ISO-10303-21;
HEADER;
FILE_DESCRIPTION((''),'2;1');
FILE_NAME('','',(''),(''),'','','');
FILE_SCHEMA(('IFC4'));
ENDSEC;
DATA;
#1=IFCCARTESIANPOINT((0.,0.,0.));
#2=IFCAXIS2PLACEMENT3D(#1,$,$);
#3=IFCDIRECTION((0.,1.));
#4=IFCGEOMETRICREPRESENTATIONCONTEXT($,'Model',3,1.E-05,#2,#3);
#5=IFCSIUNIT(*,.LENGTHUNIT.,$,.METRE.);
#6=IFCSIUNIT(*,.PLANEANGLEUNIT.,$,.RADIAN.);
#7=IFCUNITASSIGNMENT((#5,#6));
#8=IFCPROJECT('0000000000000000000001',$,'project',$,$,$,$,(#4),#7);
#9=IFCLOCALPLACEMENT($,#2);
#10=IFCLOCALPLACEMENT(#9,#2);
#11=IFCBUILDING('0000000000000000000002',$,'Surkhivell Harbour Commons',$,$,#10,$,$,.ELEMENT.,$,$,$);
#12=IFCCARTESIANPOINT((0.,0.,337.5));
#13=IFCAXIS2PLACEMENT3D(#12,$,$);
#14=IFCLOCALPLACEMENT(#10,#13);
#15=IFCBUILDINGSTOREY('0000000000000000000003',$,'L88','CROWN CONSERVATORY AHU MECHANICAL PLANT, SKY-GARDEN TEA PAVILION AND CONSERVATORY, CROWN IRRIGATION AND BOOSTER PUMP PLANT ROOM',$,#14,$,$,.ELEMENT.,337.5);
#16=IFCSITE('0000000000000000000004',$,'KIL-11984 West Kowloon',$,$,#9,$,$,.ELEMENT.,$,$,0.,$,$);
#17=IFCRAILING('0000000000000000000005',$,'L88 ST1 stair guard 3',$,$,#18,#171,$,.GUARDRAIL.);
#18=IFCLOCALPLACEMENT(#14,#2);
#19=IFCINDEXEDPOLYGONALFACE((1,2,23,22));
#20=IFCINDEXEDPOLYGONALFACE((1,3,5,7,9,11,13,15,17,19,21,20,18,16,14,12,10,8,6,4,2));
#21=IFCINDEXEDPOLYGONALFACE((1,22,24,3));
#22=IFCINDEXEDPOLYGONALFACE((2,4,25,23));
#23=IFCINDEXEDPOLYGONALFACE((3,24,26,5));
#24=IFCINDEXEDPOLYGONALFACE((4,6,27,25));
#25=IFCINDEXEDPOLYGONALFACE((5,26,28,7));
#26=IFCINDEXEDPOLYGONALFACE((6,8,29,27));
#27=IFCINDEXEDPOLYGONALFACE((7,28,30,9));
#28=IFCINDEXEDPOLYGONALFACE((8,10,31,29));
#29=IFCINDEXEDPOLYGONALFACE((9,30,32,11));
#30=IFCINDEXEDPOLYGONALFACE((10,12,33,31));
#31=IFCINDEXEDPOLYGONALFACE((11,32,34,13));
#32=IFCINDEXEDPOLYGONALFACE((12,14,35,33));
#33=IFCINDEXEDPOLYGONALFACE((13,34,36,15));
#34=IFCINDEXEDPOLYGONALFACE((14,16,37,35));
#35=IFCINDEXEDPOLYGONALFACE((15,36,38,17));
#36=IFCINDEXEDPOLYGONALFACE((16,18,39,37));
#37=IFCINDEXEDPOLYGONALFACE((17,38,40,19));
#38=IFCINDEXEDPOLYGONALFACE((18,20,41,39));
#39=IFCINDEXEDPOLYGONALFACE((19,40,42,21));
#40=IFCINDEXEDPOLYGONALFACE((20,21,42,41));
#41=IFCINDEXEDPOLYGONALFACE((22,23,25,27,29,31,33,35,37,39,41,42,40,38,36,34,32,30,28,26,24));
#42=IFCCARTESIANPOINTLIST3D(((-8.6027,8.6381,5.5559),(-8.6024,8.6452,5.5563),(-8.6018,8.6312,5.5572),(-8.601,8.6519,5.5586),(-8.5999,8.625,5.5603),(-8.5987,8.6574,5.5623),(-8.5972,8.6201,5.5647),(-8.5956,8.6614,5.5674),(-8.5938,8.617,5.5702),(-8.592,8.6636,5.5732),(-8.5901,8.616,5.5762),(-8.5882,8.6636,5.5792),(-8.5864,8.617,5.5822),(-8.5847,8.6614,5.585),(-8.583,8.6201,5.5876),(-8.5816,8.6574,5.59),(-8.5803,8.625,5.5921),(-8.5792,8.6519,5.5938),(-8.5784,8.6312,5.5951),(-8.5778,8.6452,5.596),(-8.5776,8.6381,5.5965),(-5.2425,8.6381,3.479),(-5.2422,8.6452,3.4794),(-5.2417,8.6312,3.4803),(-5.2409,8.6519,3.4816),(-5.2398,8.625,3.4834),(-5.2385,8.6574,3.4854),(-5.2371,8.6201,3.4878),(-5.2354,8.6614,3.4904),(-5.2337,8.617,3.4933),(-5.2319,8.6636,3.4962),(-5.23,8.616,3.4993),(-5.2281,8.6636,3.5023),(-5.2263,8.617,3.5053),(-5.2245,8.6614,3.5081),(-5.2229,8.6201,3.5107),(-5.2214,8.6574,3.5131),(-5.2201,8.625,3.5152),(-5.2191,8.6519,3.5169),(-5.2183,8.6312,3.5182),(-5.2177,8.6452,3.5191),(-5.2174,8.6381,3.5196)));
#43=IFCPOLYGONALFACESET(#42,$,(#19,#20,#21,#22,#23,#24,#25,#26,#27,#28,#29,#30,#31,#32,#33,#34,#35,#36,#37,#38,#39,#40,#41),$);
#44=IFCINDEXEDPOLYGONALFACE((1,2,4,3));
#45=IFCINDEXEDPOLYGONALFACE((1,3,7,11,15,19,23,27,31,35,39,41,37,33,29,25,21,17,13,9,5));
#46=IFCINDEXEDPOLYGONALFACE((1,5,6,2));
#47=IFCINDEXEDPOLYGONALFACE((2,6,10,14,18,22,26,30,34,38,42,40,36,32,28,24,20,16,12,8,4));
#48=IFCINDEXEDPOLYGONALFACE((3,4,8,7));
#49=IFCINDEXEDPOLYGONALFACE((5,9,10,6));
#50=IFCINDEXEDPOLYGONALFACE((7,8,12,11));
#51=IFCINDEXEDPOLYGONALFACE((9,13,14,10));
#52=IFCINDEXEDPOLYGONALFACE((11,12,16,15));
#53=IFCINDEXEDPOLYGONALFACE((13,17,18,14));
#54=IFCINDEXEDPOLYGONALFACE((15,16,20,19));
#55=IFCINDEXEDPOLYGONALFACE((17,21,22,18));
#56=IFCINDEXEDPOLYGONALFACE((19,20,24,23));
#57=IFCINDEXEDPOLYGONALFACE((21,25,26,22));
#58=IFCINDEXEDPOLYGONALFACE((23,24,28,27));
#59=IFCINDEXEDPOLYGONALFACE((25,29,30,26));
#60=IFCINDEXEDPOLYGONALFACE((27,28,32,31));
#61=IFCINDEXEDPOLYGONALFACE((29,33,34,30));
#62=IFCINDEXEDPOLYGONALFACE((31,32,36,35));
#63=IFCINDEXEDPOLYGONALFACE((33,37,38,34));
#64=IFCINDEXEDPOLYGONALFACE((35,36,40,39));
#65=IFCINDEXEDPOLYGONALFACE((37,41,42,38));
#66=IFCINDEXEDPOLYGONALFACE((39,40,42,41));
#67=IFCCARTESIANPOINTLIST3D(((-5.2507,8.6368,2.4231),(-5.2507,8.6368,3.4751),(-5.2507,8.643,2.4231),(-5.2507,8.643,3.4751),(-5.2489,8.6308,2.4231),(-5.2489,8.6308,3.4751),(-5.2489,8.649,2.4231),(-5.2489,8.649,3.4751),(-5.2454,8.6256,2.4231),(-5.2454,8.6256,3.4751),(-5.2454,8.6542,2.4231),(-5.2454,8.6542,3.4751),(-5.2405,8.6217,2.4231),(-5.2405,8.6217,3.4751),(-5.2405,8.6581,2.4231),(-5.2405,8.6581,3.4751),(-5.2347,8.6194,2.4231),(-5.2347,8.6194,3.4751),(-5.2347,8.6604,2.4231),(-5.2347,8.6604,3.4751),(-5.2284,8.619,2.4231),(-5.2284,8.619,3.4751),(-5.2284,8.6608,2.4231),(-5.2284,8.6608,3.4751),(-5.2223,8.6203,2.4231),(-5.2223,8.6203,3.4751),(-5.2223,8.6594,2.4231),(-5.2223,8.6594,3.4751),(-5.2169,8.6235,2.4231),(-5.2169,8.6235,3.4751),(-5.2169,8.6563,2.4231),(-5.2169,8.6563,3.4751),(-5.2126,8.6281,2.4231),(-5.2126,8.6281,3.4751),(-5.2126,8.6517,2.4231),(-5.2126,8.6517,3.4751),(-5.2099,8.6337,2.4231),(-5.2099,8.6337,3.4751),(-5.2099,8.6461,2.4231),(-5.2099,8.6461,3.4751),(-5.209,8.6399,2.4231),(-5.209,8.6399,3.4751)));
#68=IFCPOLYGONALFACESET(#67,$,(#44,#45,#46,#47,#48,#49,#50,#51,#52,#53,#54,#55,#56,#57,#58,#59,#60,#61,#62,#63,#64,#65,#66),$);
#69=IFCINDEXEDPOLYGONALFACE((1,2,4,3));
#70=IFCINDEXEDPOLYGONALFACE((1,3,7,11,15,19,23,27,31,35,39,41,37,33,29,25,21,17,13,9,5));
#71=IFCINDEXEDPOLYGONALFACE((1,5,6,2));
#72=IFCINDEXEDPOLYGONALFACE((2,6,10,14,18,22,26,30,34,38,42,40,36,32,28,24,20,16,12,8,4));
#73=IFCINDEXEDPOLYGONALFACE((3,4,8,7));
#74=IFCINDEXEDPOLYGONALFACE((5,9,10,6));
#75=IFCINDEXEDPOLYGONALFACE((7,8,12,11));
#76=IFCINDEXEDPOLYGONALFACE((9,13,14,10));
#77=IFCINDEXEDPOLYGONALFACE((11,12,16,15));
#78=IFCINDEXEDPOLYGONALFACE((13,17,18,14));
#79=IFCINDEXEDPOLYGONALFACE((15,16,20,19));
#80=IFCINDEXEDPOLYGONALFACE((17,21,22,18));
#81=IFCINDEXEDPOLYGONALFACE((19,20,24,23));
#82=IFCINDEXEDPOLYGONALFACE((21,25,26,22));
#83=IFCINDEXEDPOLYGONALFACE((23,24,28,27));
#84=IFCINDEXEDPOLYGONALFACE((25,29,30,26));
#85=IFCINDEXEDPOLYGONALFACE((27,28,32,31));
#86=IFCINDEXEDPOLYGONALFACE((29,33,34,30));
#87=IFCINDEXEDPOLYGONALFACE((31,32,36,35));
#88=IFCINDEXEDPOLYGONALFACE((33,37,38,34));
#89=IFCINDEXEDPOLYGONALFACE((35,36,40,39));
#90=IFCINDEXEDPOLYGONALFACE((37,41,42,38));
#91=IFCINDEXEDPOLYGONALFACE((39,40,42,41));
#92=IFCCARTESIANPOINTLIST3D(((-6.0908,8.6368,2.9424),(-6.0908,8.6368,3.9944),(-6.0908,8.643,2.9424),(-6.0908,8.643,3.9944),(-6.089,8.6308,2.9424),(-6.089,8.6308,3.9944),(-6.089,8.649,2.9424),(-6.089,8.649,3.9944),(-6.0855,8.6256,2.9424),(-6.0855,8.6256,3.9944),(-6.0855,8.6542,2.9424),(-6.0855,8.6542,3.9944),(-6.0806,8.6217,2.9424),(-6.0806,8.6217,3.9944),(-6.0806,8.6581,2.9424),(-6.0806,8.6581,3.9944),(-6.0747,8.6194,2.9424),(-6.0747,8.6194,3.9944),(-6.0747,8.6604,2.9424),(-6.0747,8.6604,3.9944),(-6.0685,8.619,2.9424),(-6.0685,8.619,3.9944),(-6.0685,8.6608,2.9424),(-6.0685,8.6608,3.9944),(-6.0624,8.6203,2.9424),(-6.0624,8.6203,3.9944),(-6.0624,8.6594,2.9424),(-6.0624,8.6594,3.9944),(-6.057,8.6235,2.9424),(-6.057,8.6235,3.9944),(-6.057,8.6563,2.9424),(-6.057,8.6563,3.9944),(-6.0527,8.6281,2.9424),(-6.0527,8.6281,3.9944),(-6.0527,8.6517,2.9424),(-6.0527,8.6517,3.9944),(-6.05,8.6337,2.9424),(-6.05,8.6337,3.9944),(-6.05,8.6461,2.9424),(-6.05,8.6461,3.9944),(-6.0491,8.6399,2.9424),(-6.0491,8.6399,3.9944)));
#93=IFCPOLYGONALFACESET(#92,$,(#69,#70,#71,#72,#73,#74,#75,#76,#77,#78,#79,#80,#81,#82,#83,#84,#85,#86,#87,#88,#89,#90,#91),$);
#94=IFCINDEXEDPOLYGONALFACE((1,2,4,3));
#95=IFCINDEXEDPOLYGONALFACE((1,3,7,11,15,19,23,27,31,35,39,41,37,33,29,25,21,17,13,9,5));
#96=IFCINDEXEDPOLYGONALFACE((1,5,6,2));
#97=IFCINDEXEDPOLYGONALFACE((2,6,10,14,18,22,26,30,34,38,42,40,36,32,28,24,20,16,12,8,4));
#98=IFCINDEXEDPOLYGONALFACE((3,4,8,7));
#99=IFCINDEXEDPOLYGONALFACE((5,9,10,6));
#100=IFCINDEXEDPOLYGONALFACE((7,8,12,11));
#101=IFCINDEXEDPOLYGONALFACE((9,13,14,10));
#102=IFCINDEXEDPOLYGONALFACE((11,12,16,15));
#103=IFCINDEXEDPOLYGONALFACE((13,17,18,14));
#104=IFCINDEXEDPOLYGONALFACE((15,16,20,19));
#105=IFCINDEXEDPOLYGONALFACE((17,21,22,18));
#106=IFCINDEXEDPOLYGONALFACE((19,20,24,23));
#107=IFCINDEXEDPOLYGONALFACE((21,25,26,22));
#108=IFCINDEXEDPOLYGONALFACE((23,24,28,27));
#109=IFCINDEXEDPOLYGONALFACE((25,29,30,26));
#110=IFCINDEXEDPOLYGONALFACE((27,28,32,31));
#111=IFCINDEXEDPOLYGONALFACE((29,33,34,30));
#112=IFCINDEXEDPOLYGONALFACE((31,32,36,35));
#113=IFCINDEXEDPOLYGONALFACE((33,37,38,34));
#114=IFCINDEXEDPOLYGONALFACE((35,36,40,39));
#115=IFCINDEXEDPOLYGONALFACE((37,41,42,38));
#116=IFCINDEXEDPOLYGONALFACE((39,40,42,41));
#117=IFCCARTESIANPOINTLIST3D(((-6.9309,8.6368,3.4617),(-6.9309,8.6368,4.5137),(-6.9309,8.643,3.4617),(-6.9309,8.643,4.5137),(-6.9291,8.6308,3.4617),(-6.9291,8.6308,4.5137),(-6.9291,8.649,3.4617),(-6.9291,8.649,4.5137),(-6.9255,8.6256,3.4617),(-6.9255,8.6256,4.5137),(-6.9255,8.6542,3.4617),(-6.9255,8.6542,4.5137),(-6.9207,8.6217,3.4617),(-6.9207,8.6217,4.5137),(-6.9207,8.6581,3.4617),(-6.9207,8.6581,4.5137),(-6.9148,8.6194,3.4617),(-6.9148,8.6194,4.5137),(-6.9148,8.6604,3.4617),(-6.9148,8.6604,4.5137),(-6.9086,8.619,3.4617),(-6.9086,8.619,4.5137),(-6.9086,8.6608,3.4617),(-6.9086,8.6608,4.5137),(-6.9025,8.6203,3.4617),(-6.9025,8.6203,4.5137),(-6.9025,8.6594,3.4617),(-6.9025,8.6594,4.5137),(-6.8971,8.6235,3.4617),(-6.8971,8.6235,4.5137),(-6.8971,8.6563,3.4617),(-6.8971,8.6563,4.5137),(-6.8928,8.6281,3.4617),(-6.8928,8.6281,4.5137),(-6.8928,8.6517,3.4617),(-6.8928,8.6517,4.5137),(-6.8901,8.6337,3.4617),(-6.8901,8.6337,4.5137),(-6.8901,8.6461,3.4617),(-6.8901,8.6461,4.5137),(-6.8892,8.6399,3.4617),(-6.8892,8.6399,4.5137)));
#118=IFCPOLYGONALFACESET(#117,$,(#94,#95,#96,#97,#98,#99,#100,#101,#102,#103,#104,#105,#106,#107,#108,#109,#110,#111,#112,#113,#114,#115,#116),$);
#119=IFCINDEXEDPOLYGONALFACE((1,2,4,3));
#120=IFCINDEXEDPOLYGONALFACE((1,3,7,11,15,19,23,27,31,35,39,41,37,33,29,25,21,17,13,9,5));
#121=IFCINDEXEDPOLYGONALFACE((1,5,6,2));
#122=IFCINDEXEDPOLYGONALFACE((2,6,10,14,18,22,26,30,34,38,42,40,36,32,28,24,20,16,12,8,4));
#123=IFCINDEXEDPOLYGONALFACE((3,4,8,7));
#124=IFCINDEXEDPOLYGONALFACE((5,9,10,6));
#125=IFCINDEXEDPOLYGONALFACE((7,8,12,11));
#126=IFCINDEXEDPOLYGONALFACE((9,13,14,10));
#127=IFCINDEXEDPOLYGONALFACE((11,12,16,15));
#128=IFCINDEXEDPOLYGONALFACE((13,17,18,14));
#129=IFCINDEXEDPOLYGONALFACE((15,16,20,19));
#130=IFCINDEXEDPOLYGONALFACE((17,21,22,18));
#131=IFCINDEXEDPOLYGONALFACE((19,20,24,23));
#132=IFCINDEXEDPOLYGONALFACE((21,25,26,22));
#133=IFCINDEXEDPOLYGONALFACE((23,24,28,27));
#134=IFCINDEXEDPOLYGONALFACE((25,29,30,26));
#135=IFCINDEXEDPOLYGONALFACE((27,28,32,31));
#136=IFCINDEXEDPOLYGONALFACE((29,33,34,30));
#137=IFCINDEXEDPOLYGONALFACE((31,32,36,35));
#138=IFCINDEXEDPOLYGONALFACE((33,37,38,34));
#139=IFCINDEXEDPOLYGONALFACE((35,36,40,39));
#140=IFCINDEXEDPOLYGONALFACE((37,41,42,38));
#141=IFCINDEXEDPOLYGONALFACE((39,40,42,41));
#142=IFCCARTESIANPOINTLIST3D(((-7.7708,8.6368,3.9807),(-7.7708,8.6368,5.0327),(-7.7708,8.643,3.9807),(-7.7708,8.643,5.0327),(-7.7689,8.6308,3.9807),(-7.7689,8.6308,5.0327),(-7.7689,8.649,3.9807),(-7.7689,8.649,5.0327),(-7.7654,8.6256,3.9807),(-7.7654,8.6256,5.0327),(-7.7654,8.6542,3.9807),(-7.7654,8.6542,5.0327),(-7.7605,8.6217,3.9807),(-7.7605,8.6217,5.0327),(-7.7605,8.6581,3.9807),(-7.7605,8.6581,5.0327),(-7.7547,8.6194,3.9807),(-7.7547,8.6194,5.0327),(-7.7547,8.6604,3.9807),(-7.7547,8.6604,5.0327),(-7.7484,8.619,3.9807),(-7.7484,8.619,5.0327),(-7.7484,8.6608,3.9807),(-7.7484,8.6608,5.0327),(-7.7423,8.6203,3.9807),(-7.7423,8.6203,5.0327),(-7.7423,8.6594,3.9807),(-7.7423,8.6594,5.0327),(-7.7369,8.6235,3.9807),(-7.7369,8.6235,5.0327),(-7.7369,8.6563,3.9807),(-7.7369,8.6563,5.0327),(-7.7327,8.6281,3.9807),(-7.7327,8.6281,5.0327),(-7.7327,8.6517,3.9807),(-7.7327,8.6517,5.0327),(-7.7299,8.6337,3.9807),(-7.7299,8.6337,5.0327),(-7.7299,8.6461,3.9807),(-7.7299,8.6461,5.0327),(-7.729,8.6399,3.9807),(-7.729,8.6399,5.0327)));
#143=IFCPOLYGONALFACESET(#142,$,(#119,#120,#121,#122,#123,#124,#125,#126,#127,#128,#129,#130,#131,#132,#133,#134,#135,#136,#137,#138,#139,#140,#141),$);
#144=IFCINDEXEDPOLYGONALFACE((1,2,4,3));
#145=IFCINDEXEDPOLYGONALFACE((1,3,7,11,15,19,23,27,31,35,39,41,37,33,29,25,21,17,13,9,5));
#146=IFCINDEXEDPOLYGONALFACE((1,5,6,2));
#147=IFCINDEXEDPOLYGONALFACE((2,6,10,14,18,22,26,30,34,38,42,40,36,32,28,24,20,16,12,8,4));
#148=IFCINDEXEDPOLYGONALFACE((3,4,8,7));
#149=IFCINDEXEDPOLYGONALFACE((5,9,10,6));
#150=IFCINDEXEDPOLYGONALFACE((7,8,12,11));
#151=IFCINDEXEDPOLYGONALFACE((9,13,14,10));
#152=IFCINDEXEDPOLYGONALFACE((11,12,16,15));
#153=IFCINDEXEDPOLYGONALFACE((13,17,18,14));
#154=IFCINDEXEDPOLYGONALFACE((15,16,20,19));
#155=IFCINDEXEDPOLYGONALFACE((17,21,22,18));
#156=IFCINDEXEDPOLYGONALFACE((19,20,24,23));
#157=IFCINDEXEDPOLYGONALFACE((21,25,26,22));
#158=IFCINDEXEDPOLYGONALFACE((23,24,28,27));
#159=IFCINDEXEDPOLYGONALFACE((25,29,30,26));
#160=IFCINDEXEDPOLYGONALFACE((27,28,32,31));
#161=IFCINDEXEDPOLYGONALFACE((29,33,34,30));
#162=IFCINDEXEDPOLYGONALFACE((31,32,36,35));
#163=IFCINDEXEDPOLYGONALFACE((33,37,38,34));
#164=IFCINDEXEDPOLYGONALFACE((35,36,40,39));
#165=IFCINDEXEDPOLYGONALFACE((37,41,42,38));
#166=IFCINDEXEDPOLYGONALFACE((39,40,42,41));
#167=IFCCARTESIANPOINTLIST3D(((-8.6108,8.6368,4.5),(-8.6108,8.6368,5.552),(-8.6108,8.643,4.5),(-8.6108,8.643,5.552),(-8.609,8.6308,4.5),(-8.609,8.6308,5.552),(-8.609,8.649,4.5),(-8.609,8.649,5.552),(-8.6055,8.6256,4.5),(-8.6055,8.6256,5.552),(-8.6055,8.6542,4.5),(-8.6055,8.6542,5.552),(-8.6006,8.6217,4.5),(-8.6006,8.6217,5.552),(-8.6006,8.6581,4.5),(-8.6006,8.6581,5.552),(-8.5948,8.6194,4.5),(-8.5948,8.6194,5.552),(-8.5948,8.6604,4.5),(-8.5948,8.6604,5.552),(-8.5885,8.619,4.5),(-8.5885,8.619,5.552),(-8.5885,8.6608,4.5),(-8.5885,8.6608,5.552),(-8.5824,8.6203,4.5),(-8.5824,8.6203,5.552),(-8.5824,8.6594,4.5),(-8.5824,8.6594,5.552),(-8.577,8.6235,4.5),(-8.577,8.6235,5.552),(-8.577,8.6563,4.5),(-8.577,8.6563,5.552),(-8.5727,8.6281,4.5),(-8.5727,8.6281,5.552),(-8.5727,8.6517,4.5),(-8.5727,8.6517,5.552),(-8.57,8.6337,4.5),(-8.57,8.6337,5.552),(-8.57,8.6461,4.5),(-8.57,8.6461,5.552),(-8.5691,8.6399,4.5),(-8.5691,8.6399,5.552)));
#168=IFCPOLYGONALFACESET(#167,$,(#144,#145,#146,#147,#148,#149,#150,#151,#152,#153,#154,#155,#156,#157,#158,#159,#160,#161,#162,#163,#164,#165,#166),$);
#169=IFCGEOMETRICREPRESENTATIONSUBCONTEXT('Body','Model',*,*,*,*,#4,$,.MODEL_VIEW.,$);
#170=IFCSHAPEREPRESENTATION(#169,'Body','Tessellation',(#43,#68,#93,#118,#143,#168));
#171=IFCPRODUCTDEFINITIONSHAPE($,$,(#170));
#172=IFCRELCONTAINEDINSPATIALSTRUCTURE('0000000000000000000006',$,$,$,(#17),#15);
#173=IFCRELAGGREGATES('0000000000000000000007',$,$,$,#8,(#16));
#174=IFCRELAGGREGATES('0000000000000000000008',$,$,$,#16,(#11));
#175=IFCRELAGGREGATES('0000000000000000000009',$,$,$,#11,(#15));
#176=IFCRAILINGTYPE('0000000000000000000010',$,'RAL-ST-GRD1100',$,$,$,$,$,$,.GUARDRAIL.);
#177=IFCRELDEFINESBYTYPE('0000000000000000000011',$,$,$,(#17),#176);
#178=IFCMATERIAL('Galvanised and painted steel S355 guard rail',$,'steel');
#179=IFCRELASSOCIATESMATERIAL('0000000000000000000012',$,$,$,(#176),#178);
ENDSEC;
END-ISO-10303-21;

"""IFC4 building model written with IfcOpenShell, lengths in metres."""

from ifc_helpers import new_model, si_unit, direction, frame, origin, origin_2d, place, context, subcontext, project, spatial, circle, extrude, material, type_object, element, save


model = new_model("IFC4")

# Units and contexts
model_context = context("Model", 3, precision=1e-05, world=origin(), true_north=direction((0.0, 1.0)))
body_context = subcontext(model_context, "Body", "Model", "MODEL_VIEW")
ifc_project = project(units=[si_unit("LENGTHUNIT", "METRE"), si_unit("PLANEANGLEUNIT", "RADIAN")], contexts=[model_context])

# Site, building, storey
site_placement = place(None, origin())
site = spatial("IfcSite", under=ifc_project, at=site_placement, Name="KIL-11984 West Kowloon", CompositionType="ELEMENT", RefElevation=0.0)
building_placement = place(site_placement, origin())
building = spatial("IfcBuilding", under=site, at=building_placement, Name="Surkhivell Harbour Commons", CompositionType="ELEMENT")
storey_placement = place(building_placement, frame((0.0, 0.0, 337.5)))
storey = spatial("IfcBuildingStorey", under=building, at=storey_placement, Name="L88", Description="CROWN CONSERVATORY AHU MECHANICAL PLANT, SKY-GARDEN TEA PAVILION AND CONSERVATORY, CROWN IRRIGATION AND BOOSTER PUMP PLANT ROOM", CompositionType="ELEMENT", Elevation=337.5)

# Railing
ifc_material_1 = material(Name="Galvanised and painted steel S355 guard rail", Category="steel")
railing_type_1 = type_object("IfcRailingType", Name="RAL-ST-GRD1100", PredefinedType="GUARDRAIL", material=ifc_material_1)
railing_1_placement = place(storey_placement, frame((-5.23, 8.6399, 2.4231)))
element("IfcRailing", 1, at=railing_1_placement, inside=storey, type_object=railing_type_1, Name="L88 ST1 stair guard 3", PredefinedType="GUARDRAIL", context=body_context, shape_type="SweptSolid", body=[
    extrude(circle(Radius=0.0239, at=origin_2d()), frame((0.0, 0.0, 1.0762), z_axis=(-0.850623, 0.0, 0.525776), x_axis=(0.0, -1.0, 0.0)), (0.0, 0.0, 1.0), 3.9502),
    extrude(circle(Radius=0.021, at=origin_2d()), origin(), (0.0, 0.0, 1.0), 1.052),
    extrude(circle(Radius=0.021, at=origin_2d()), frame((-0.8401, 0.0, 0.5193)), (0.0, 0.0, 1.0), 1.052),
    extrude(circle(Radius=0.021, at=origin_2d()), frame((-1.6802, 0.0, 1.0386)), (0.0, 0.0, 1.0), 1.052),
    extrude(circle(Radius=0.021, at=origin_2d()), frame((-2.52, 0.0, 1.5576)), (0.0, 0.0, 1.0), 1.052),
    extrude(circle(Radius=0.021, at=origin_2d()), frame((-3.3601, 0.0, 2.0769)), (0.0, 0.0, 1.0), 1.052),
])

save(model, "model.ifc")
